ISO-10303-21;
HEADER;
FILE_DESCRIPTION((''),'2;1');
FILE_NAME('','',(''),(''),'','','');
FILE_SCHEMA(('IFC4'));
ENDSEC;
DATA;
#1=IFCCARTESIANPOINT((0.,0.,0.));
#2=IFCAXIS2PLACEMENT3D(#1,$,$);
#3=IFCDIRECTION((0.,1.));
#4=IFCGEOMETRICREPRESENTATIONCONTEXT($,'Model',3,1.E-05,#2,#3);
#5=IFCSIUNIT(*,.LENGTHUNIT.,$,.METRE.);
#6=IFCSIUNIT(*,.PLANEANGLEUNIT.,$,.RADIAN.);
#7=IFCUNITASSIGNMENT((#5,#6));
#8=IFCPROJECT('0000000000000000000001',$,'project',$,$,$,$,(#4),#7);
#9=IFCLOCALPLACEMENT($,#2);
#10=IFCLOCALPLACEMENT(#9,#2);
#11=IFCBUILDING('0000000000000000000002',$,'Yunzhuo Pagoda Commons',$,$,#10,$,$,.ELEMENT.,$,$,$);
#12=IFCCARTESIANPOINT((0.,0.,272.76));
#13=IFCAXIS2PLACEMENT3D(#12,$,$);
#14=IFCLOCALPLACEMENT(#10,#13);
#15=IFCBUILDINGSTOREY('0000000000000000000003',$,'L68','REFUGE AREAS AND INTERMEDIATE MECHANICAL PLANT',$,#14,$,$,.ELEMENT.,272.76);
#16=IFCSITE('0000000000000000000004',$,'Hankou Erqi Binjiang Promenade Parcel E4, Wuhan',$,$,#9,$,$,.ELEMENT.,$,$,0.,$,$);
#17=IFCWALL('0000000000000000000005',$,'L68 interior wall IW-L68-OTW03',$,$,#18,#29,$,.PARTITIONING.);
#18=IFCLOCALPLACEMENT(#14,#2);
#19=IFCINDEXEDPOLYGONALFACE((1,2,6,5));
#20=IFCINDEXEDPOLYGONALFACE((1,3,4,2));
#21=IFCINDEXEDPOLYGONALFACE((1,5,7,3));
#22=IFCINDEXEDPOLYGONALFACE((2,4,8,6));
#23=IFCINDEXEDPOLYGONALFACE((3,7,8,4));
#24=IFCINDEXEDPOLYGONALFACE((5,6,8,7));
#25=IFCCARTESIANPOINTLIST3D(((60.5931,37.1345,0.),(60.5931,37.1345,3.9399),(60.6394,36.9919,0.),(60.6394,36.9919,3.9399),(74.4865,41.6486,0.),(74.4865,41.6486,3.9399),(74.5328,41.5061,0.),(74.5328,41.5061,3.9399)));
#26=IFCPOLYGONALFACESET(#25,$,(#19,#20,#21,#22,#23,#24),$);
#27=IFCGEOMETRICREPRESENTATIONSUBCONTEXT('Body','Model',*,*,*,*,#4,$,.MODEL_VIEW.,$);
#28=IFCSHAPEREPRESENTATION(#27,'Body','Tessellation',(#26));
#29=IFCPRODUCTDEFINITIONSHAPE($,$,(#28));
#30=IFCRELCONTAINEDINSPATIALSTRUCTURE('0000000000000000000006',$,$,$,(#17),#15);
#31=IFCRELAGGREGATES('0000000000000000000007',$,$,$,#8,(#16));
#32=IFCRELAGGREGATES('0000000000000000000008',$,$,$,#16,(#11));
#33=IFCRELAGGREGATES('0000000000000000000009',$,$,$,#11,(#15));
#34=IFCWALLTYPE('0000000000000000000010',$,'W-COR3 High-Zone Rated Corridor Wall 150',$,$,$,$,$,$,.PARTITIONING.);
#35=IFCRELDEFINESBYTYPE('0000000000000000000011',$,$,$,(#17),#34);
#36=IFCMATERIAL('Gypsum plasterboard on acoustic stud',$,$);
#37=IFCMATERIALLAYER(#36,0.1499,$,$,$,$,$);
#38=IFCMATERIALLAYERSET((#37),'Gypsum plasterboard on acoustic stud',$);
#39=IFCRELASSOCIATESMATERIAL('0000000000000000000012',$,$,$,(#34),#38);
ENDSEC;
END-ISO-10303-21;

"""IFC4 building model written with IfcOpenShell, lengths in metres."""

from ifc_helpers import new_model, si_unit, direction, frame, frame_2d, origin, place, context, subcontext, project, spatial, rectangle, extrude, material, layer, layer_set, type_object, element, save


model = new_model("IFC4")

# Units and contexts
model_context = context("Model", 3, precision=1e-05, world=origin(), true_north=direction((0.0, 1.0)))
body_context = subcontext(model_context, "Body", "Model", "MODEL_VIEW")
ifc_project = project(units=[si_unit("LENGTHUNIT", "METRE"), si_unit("PLANEANGLEUNIT", "RADIAN")], contexts=[model_context])

# Site, building, storey
site_placement = place(None, origin())
site = spatial("IfcSite", under=ifc_project, at=site_placement, Name="Hankou Erqi Binjiang Promenade Parcel E4, Wuhan", CompositionType="ELEMENT", RefElevation=0.0)
building_placement = place(site_placement, origin())
building = spatial("IfcBuilding", under=site, at=building_placement, Name="Yunzhuo Pagoda Commons", CompositionType="ELEMENT")
storey_placement = place(building_placement, frame((0.0, 0.0, 272.76)))
storey = spatial("IfcBuildingStorey", under=building, at=storey_placement, Name="L68", Description="REFUGE AREAS AND INTERMEDIATE MECHANICAL PLANT", CompositionType="ELEMENT", Elevation=272.76)

# Wall
ifc_material_1 = material(Name="Gypsum plasterboard on acoustic stud")
ifc_layer_1 = layer(ifc_material_1, 0.1499)
ifc_layer_set_1 = layer_set([ifc_layer_1], Name="Gypsum plasterboard on acoustic stud")
wall_type = type_object("IfcWallType", Name="W-COR3 High-Zone Rated Corridor Wall 150", PredefinedType="PARTITIONING", material=ifc_layer_set_1)
wall_placement = place(storey_placement, frame((60.6162, 37.0632, 0.0), z_axis=(0.0, 0.0, 1.0), x_axis=(0.951059, 0.309009, 0.0)))
element("IfcWall", 1, at=wall_placement, inside=storey, type_object=wall_type, Name="L68 interior wall IW-L68-OTW03", PredefinedType="PARTITIONING", context=body_context, shape_type="SweptSolid", body=[
    extrude(rectangle(XDim=14.6084, YDim=0.1499, at=frame_2d((7.3042, 0.0))), origin(), (0.0, 0.0, 1.0), 3.9399),
])

save(model, "model.ifc")
